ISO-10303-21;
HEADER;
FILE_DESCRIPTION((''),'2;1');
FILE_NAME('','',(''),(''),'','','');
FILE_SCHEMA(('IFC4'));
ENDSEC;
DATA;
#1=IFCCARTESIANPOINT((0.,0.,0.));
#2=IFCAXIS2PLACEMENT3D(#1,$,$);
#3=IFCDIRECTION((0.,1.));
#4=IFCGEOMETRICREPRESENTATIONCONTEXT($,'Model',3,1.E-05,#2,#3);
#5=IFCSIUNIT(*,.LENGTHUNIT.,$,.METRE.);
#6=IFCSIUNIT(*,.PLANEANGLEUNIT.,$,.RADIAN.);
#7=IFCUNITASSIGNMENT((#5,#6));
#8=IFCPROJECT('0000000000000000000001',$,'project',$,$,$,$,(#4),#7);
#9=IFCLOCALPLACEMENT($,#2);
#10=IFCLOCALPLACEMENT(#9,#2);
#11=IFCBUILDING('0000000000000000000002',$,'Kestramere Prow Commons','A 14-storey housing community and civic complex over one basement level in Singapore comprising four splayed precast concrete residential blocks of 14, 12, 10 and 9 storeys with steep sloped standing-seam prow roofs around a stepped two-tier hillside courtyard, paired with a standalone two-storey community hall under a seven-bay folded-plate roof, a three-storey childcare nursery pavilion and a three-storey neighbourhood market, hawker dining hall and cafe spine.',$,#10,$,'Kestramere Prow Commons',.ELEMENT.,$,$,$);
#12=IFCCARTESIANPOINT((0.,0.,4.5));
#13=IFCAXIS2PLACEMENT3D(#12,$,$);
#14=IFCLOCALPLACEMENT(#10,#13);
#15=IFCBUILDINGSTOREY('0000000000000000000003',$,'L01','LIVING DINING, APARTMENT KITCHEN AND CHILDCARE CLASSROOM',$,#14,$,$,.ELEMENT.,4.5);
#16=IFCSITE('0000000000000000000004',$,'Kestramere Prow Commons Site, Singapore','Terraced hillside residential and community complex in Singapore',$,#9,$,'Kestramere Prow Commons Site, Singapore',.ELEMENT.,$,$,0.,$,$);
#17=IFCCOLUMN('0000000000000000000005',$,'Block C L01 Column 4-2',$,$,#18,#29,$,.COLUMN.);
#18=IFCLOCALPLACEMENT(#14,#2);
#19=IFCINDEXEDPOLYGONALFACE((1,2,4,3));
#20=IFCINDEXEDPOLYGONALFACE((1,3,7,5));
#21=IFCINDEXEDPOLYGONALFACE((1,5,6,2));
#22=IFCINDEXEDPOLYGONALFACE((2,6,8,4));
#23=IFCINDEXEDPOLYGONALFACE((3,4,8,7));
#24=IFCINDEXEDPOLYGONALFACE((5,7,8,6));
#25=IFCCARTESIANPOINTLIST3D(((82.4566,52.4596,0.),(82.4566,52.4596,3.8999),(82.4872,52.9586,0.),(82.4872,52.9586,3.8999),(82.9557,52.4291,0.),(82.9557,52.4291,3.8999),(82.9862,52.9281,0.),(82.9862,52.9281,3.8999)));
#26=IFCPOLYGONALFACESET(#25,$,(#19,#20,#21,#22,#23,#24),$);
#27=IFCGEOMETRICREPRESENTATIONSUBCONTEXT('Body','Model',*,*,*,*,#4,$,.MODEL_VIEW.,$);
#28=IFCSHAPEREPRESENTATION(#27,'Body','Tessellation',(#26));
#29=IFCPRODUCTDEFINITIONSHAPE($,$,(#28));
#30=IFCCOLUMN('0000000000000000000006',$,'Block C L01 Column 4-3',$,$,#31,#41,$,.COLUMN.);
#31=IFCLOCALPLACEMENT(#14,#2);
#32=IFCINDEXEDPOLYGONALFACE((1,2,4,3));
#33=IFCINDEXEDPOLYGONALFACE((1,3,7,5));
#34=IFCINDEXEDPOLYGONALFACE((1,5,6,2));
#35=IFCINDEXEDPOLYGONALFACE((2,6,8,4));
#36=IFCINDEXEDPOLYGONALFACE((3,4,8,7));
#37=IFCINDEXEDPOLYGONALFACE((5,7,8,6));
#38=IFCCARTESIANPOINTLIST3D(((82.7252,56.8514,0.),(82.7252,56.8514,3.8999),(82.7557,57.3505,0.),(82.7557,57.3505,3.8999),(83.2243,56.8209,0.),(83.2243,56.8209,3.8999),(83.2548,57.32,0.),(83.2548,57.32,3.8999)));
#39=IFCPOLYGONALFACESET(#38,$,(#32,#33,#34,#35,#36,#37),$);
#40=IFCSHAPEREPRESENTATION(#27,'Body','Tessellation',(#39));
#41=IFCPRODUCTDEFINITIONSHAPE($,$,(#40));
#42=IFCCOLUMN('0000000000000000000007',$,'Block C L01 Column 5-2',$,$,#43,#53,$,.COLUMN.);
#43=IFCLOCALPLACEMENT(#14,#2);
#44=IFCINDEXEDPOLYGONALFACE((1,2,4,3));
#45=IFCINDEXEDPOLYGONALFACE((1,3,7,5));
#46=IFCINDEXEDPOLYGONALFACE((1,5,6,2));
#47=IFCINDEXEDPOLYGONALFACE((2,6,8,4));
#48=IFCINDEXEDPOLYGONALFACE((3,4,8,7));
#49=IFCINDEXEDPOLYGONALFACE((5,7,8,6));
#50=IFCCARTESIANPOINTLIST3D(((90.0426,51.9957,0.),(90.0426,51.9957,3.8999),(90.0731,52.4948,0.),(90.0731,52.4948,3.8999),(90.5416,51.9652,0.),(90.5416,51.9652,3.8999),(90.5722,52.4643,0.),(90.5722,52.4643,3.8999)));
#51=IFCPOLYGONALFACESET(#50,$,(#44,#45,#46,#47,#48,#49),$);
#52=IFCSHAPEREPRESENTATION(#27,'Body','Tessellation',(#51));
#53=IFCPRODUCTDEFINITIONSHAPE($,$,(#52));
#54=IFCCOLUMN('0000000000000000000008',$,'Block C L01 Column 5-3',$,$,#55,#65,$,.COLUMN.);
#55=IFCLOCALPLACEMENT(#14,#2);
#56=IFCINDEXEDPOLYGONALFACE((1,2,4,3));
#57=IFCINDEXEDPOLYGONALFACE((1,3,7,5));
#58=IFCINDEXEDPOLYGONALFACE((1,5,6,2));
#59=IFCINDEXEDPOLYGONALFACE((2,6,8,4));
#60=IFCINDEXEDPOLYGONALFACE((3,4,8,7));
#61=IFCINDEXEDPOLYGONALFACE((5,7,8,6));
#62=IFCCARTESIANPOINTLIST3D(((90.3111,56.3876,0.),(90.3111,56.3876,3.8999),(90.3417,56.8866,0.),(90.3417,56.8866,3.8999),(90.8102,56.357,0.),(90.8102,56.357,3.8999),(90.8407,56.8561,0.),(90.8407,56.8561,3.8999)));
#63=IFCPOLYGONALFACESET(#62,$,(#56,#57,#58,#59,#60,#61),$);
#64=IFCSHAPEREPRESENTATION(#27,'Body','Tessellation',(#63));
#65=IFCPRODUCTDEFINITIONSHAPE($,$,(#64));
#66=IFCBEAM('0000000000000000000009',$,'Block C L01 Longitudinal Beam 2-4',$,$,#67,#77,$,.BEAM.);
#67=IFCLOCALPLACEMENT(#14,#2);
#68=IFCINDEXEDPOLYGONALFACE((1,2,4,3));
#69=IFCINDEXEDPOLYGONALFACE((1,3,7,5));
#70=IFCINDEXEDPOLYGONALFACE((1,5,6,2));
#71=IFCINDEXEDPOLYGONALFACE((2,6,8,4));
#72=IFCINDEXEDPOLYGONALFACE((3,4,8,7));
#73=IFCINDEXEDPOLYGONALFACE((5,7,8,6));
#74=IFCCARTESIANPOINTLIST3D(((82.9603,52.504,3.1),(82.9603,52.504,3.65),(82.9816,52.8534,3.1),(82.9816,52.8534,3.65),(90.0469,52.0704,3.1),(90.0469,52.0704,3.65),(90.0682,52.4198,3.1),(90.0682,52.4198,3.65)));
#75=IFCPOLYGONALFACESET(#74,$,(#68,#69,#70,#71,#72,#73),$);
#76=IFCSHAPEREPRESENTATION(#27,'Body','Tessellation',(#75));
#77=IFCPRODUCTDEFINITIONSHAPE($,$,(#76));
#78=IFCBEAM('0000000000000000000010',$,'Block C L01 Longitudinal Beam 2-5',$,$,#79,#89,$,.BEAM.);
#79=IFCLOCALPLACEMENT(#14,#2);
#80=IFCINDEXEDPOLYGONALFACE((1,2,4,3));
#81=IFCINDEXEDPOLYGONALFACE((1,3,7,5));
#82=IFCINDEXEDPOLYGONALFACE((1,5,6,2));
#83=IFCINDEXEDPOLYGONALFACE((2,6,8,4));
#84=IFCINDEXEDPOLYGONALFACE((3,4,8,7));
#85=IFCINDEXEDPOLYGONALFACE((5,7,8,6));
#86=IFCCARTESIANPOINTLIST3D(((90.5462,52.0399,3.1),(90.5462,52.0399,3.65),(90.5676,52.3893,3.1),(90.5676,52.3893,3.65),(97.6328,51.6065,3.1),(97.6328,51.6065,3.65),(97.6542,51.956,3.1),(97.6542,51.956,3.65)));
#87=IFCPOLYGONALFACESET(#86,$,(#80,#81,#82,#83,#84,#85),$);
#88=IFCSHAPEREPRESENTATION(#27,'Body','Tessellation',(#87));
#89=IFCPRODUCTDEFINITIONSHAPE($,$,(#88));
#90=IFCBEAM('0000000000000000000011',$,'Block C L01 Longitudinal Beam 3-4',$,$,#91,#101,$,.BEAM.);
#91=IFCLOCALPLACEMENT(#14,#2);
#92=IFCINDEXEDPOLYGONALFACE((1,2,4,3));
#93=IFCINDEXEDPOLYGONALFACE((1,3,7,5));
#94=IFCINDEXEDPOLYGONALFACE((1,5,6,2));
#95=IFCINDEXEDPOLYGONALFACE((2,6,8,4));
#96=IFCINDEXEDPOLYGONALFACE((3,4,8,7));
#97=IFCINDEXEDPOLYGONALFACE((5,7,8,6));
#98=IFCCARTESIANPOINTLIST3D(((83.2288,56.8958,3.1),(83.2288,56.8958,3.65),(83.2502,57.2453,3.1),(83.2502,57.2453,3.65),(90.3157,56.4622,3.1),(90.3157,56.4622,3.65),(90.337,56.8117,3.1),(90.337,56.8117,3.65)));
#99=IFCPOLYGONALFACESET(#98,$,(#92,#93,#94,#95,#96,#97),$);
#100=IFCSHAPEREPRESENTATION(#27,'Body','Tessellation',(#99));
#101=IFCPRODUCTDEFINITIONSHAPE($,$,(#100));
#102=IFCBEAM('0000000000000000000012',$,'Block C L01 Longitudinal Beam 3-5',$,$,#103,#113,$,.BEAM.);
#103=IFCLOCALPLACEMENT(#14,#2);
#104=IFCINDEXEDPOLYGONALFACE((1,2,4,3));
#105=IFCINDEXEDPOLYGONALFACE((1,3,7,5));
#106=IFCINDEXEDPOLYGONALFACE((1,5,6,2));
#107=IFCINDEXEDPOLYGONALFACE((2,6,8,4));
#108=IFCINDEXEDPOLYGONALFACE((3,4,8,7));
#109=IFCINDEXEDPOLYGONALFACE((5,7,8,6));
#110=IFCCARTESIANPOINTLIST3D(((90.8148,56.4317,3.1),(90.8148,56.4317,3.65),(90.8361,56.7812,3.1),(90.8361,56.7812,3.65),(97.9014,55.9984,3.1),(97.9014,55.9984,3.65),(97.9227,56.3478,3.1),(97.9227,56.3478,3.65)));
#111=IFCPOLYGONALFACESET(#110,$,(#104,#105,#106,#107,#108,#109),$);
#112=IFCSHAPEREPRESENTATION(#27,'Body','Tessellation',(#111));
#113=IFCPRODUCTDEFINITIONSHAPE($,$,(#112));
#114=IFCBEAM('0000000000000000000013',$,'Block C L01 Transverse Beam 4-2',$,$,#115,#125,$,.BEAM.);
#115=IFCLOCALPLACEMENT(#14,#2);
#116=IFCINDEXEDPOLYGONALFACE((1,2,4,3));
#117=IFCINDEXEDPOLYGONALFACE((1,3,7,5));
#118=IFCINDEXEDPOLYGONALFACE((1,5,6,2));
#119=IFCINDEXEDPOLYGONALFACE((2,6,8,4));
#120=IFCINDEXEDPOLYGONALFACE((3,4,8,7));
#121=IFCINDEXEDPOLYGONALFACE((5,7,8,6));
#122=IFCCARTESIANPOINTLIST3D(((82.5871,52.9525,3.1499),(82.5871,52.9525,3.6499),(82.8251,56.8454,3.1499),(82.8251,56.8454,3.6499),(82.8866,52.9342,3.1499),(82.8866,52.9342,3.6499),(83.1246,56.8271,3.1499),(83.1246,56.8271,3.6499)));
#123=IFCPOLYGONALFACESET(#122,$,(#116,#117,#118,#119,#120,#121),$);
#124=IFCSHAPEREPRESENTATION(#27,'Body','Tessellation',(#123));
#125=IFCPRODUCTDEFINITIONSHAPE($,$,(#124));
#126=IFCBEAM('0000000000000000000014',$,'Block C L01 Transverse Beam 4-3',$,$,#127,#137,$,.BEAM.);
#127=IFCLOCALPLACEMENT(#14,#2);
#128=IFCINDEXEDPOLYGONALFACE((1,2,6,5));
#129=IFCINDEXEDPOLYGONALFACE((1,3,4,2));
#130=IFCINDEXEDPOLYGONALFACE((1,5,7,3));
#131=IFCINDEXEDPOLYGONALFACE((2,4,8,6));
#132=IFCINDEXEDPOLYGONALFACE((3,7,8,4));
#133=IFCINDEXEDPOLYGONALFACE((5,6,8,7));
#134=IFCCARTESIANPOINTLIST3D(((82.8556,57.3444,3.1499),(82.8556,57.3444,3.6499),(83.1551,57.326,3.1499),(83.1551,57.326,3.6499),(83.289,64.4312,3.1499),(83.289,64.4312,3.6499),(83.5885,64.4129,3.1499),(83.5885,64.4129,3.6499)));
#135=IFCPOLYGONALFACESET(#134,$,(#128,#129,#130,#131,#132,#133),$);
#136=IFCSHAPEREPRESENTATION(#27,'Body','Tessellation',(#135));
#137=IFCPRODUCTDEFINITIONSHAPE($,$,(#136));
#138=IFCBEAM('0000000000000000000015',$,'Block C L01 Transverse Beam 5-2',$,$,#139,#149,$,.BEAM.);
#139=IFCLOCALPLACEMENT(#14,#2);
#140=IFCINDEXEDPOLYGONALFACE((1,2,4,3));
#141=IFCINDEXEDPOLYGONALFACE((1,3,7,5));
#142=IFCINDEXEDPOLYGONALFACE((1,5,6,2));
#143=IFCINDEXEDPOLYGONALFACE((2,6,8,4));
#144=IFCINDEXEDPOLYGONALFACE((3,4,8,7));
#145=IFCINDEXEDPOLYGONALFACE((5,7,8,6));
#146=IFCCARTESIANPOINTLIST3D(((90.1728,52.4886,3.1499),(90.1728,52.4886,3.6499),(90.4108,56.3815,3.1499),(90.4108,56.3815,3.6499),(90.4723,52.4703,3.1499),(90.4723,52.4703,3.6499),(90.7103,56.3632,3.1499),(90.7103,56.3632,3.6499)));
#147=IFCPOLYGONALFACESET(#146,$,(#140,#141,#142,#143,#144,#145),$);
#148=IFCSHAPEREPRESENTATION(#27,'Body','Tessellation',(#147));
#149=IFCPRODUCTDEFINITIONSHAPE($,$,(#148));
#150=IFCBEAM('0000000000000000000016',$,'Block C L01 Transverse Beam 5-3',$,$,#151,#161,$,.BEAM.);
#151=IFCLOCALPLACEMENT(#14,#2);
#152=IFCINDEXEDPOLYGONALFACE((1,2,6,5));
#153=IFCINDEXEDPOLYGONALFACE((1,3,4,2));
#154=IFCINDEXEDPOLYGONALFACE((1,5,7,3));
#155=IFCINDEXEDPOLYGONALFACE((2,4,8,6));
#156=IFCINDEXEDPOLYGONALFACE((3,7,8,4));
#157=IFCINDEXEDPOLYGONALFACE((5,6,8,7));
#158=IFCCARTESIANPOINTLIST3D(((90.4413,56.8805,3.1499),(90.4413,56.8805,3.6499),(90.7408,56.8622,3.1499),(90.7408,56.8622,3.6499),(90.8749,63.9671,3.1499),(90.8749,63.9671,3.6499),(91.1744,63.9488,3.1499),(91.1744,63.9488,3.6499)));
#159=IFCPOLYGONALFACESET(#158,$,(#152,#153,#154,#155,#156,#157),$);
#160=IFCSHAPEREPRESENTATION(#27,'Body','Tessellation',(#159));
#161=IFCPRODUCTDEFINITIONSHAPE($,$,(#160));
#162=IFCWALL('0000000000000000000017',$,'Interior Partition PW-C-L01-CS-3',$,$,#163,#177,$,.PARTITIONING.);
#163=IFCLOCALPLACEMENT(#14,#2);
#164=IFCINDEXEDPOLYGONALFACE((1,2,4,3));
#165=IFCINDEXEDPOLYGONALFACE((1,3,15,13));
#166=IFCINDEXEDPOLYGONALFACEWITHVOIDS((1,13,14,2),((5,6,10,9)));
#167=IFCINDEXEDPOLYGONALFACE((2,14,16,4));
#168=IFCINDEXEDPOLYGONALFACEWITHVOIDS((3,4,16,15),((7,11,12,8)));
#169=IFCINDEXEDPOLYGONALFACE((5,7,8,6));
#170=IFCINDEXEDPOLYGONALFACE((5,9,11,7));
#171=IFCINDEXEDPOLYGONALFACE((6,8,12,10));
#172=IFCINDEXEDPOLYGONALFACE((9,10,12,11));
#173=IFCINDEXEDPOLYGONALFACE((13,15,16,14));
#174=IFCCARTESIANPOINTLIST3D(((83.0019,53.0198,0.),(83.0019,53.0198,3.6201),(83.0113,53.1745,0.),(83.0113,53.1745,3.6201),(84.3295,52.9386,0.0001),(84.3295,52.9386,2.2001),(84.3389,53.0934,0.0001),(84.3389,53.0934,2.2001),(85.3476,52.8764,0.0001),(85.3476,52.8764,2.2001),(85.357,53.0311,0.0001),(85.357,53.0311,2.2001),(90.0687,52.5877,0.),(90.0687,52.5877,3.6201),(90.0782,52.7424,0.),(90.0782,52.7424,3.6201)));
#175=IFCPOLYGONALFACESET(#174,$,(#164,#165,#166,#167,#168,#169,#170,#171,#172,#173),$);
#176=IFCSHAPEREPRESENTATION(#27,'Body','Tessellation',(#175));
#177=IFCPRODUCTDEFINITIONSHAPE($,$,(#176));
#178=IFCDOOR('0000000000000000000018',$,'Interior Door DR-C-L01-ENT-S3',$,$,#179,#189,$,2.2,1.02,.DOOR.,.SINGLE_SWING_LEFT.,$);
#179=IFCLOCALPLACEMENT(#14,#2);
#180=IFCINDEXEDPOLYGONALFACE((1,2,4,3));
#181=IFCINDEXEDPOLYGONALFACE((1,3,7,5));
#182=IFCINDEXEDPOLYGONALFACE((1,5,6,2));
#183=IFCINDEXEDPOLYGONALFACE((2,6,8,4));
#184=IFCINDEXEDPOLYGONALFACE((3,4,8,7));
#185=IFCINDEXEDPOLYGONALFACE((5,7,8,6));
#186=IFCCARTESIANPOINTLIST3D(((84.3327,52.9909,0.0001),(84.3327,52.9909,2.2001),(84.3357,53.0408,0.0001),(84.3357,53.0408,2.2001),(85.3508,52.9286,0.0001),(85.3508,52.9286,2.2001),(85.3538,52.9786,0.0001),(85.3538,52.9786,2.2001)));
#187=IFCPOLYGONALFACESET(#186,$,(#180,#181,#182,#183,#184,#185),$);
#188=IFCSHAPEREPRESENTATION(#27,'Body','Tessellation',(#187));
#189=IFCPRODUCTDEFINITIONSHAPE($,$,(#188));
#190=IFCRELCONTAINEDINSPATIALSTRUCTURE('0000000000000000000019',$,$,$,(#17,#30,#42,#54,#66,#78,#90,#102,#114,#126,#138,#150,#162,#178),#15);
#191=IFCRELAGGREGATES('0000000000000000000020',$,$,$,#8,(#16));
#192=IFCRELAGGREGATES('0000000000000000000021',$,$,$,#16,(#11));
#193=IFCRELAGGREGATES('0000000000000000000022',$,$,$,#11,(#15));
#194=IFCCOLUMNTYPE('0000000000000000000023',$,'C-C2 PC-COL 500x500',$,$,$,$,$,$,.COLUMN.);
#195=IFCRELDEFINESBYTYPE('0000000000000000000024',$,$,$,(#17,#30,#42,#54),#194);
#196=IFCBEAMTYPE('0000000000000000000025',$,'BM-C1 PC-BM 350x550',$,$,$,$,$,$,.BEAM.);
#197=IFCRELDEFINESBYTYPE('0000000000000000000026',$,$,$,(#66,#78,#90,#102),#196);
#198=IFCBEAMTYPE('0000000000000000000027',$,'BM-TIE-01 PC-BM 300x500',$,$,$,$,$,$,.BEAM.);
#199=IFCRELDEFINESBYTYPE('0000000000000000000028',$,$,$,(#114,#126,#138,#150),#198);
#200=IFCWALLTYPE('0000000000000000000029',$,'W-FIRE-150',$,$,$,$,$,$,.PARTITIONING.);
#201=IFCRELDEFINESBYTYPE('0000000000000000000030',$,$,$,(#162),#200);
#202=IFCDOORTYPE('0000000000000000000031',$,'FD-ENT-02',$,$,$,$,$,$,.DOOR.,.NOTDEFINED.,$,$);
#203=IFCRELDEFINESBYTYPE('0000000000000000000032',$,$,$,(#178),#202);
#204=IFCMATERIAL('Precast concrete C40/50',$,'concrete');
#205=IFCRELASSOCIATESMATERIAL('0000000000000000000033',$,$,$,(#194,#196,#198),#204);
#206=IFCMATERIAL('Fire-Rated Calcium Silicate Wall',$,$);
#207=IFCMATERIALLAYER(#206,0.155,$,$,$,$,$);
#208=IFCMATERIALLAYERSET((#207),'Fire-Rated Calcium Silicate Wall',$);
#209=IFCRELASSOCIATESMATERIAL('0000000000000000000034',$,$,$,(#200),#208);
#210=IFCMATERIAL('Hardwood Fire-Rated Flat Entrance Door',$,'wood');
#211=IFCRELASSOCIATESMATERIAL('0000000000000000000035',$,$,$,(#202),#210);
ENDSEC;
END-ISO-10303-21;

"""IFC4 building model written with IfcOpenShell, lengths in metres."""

from ifc_helpers import new_model, si_unit, direction, frame, frame_2d, origin, origin_2d, place, context, subcontext, project, spatial, rectangle, extrude, material, layer, layer_set, material_profile, profile_set, type_object, element, fill, save


model = new_model("IFC4")

# Units and contexts
model_context = context("Model", 3, precision=1e-05, world=origin(), true_north=direction((0.0, 1.0)))
body_context = subcontext(model_context, "Body", "Model", "MODEL_VIEW")
ifc_project = project(units=[si_unit("LENGTHUNIT", "METRE"), si_unit("PLANEANGLEUNIT", "RADIAN")], contexts=[model_context])

# Site, building, storey
site_placement = place(None, origin())
site = spatial("IfcSite", under=ifc_project, at=site_placement, Name="Kestramere Prow Commons Site, Singapore", Description="Terraced hillside residential and community complex in Singapore", LongName="Kestramere Prow Commons Site, Singapore", CompositionType="ELEMENT", RefElevation=0.0)
building_placement = place(site_placement, origin())
building = spatial("IfcBuilding", under=site, at=building_placement, Name="Kestramere Prow Commons", Description="A 14-storey housing community and civic complex over one basement level in Singapore comprising four splayed precast concrete residential blocks of 14, 12, 10 and 9 storeys with steep sloped standing-seam prow roofs around a stepped two-tier hillside courtyard, paired with a standalone two-storey community hall under a seven-bay folded-plate roof, a three-storey childcare nursery pavilion and a three-storey neighbourhood market, hawker dining hall and cafe spine.", LongName="Kestramere Prow Commons", CompositionType="ELEMENT")
storey_placement = place(building_placement, frame((0.0, 0.0, 4.5)))
storey = spatial("IfcBuildingStorey", under=building, at=storey_placement, Name="L01", Description="LIVING DINING, APARTMENT KITCHEN AND CHILDCARE CLASSROOM", CompositionType="ELEMENT", Elevation=4.5)

# Columns
ifc_material_1 = material(Name="Precast concrete C40/50", Category="concrete")
ifc_material_profile_1 = material_profile(ifc_material_1, rectangle(XDim=0.5, YDim=0.5, at=origin_2d()), Name="PC-COL 500x500")
ifc_profile_set_1 = profile_set([ifc_material_profile_1], Name="Precast concrete C40/50")
column_type = type_object("IfcColumnType", Name="C-C2 PC-COL 500x500", PredefinedType="COLUMN", material=ifc_profile_set_1)
for number, where, z_axis, x_axis, name in (
    (1, (82.7214, 52.6938, 0.0), (0.0, 0.0, 1.0), (0.998135, -0.061049, 0.0), "Block C L01 Column 4-2"),
    (2, (82.99, 57.0857, 0.0), (0.0, 0.0, 1.0), (0.998135, -0.061049, 0.0), "Block C L01 Column 4-3"),
    (3, (90.3074, 52.23, 0.0), (0.0, 0.0, 1.0), (0.998135, -0.061049, 0.0), "Block C L01 Column 5-2"),
    (4, (90.5759, 56.6218, 0.0), (0.0, 0.0, 1.0), (0.998135, -0.061049, 0.0), "Block C L01 Column 5-3"),
):
    element("IfcColumn", number, at=place(storey_placement, frame(where, z_axis=z_axis, x_axis=x_axis)), inside=storey, type_object=column_type, Name=name, PredefinedType="COLUMN", context=body_context, shape_type="SweptSolid", body=[
        extrude(rectangle(XDim=0.5, YDim=0.5, at=origin_2d()), origin(), (0.0, 0.0, 1.0), 3.8999),
    ])

# Beams
ifc_material_profile_2 = material_profile(ifc_material_1, rectangle(XDim=0.3501, YDim=0.55, at=origin_2d()), Name="PC-BM 350x550")
ifc_profile_set_2 = profile_set([ifc_material_profile_2], Name="Precast concrete C40/50")
beam_type_1 = type_object("IfcBeamType", Name="BM-C1 PC-BM 350x550", PredefinedType="BEAM", material=ifc_profile_set_2)
for number, where, z_axis, x_axis, name in (
    (5, (82.9709, 52.6787, 3.375), (0.998133, -0.06107, 0.0), (0.06107, 0.998133, 0.0), "Block C L01 Longitudinal Beam 2-4"),
    (6, (90.5569, 52.2146, 3.375), (0.998136, -0.061036, 0.0), (0.061036, 0.998136, 0.0), "Block C L01 Longitudinal Beam 2-5"),
):
    element("IfcBeam", number, at=place(storey_placement, frame(where, z_axis=z_axis, x_axis=x_axis)), inside=storey, type_object=beam_type_1, Name=name, PredefinedType="BEAM", context=body_context, shape_type="SweptSolid", body=[
        extrude(rectangle(XDim=0.3501, YDim=0.55, at=origin_2d()), origin(), (0.0, 0.0, 1.0), 7.0999),
    ])
beam_1_placement = place(storey_placement, frame((83.2395, 57.0706, 3.375), z_axis=(0.998134, -0.061068, 0.0), x_axis=(0.061068, 0.998134, 0.0)))
element("IfcBeam", 7, at=beam_1_placement, inside=storey, type_object=beam_type_1, Name="Block C L01 Longitudinal Beam 3-4", PredefinedType="BEAM", context=body_context, shape_type="SweptSolid", body=[
    extrude(rectangle(XDim=0.3501, YDim=0.55, at=origin_2d()), origin(), (0.0, 0.0, 1.0), 7.1001),
])
beam_2_placement = place(storey_placement, frame((90.8254, 56.6064, 3.375), z_axis=(0.998136, -0.061036, 0.0), x_axis=(0.061036, 0.998136, 0.0)))
element("IfcBeam", 8, at=beam_2_placement, inside=storey, type_object=beam_type_1, Name="Block C L01 Longitudinal Beam 3-5", PredefinedType="BEAM", context=body_context, shape_type="SweptSolid", body=[
    extrude(rectangle(XDim=0.3501, YDim=0.55, at=origin_2d()), origin(), (0.0, 0.0, 1.0), 7.0999),
])
ifc_material_profile_3 = material_profile(ifc_material_1, rectangle(XDim=0.3, YDim=0.5, at=origin_2d()), Name="PC-BM 300x500")
ifc_profile_set_3 = profile_set([ifc_material_profile_3], Name="Precast concrete C40/50")
beam_type_2 = type_object("IfcBeamType", Name="BM-TIE-01 PC-BM 300x500", PredefinedType="BEAM", material=ifc_profile_set_3)
beam_3_placement = place(storey_placement, frame((82.7368, 52.9434, 3.3999), z_axis=(0.061034, 0.998136, 0.0), x_axis=(-0.998136, 0.061034, 0.0)))
element("IfcBeam", 9, at=beam_3_placement, inside=storey, type_object=beam_type_2, Name="Block C L01 Transverse Beam 4-2", PredefinedType="BEAM", context=body_context, shape_type="SweptSolid", body=[
    extrude(rectangle(XDim=0.3, YDim=0.5, at=origin_2d()), origin(), (0.0, 0.0, 1.0), 3.9001),
])
beam_4_placement = place(storey_placement, frame((83.0054, 57.3352, 3.3999), z_axis=(0.061034, 0.998136, 0.0), x_axis=(-0.998136, 0.061034, 0.0)))
element("IfcBeam", 10, at=beam_4_placement, inside=storey, type_object=beam_type_2, Name="Block C L01 Transverse Beam 4-3", PredefinedType="BEAM", context=body_context, shape_type="SweptSolid", body=[
    extrude(rectangle(XDim=0.3, YDim=0.5, at=origin_2d()), origin(), (0.0, 0.0, 1.0), 7.1001),
])
beam_5_placement = place(storey_placement, frame((90.3225, 52.4795, 3.3999), z_axis=(0.061034, 0.998136, 0.0), x_axis=(-0.998136, 0.061034, 0.0)))
element("IfcBeam", 11, at=beam_5_placement, inside=storey, type_object=beam_type_2, Name="Block C L01 Transverse Beam 5-2", PredefinedType="BEAM", context=body_context, shape_type="SweptSolid", body=[
    extrude(rectangle(XDim=0.3, YDim=0.5, at=origin_2d()), origin(), (0.0, 0.0, 1.0), 3.9001),
])
beam_6_placement = place(storey_placement, frame((90.5911, 56.8713, 3.3999), z_axis=(0.06107, 0.998133, 0.0), x_axis=(-0.998133, 0.06107, 0.0)))
element("IfcBeam", 12, at=beam_6_placement, inside=storey, type_object=beam_type_2, Name="Block C L01 Transverse Beam 5-3", PredefinedType="BEAM", context=body_context, shape_type="SweptSolid", body=[
    extrude(rectangle(XDim=0.3, YDim=0.5, at=origin_2d()), origin(), (0.0, 0.0, 1.0), 7.0999),
])

# Wall, opening, door
ifc_material_2 = material(Name="Fire-Rated Calcium Silicate Wall")
ifc_layer_1 = layer(ifc_material_2, 0.155)
ifc_layer_set_1 = layer_set([ifc_layer_1], Name="Fire-Rated Calcium Silicate Wall")
wall_type_1 = type_object("IfcWallType", Name="W-FIRE-150", PredefinedType="PARTITIONING", material=ifc_layer_set_1)
wall_1_placement = place(storey_placement, frame((83.0066, 53.0972, 0.0), z_axis=(0.0, 0.0, 1.0), x_axis=(0.998136, -0.061034, 0.0)))
wall_1 = element("IfcWall", 13, at=wall_1_placement, inside=storey, type_object=wall_type_1, Name="Interior Partition PW-C-L01-CS-3", PredefinedType="PARTITIONING", context=body_context, shape_type="SweptSolid", body=[
    extrude(rectangle(XDim=7.0801, YDim=0.155, at=frame_2d((3.54, 0.0))), origin(), (0.0, 0.0, 1.0), 3.6201),
])
opening_1_placement = place(wall_1_placement, frame((1.3301, 0.0, 0.0)))
opening_1 = element("IfcOpeningElement", 14, at=opening_1_placement, cuts=wall_1, PredefinedType="OPENING", context=body_context, shape_type="SweptSolid", body=[
    extrude(rectangle(XDim=1.02, YDim=2.2, at=frame_2d((0.51, 1.1001))), frame((0.0, 0.0925, 0.0), z_axis=(0.0, -1.0, 0.0), x_axis=(1.0, 0.0, 0.0)), (0.0, 0.0, 1.0), 0.1851),
])
ifc_material_3 = material(Name="Hardwood Fire-Rated Flat Entrance Door", Category="wood")
door_type_1 = type_object("IfcDoorType", Name="FD-ENT-02", OperationType="NOTDEFINED", PredefinedType="DOOR", material=ifc_material_3)
door_1_placement = place(opening_1_placement, origin())
door_1 = element("IfcDoor", 15, at=door_1_placement, inside=storey, type_object=door_type_1, Name="Interior Door DR-C-L01-ENT-S3", OperationType="SINGLE_SWING_LEFT", OverallHeight=2.2, OverallWidth=1.02, PredefinedType="DOOR", context=body_context, shape_type="SweptSolid", body=[
    extrude(rectangle(XDim=1.02, YDim=2.2, at=frame_2d((0.51, 1.1001))), frame((0.0, 0.0249, 0.0), z_axis=(0.0, -1.0, 0.0), x_axis=(1.0, 0.0, 0.0)), (0.0, 0.0, 1.0), 0.05),
])
fill(opening_1, door_1)

save(model, "model.ifc")
